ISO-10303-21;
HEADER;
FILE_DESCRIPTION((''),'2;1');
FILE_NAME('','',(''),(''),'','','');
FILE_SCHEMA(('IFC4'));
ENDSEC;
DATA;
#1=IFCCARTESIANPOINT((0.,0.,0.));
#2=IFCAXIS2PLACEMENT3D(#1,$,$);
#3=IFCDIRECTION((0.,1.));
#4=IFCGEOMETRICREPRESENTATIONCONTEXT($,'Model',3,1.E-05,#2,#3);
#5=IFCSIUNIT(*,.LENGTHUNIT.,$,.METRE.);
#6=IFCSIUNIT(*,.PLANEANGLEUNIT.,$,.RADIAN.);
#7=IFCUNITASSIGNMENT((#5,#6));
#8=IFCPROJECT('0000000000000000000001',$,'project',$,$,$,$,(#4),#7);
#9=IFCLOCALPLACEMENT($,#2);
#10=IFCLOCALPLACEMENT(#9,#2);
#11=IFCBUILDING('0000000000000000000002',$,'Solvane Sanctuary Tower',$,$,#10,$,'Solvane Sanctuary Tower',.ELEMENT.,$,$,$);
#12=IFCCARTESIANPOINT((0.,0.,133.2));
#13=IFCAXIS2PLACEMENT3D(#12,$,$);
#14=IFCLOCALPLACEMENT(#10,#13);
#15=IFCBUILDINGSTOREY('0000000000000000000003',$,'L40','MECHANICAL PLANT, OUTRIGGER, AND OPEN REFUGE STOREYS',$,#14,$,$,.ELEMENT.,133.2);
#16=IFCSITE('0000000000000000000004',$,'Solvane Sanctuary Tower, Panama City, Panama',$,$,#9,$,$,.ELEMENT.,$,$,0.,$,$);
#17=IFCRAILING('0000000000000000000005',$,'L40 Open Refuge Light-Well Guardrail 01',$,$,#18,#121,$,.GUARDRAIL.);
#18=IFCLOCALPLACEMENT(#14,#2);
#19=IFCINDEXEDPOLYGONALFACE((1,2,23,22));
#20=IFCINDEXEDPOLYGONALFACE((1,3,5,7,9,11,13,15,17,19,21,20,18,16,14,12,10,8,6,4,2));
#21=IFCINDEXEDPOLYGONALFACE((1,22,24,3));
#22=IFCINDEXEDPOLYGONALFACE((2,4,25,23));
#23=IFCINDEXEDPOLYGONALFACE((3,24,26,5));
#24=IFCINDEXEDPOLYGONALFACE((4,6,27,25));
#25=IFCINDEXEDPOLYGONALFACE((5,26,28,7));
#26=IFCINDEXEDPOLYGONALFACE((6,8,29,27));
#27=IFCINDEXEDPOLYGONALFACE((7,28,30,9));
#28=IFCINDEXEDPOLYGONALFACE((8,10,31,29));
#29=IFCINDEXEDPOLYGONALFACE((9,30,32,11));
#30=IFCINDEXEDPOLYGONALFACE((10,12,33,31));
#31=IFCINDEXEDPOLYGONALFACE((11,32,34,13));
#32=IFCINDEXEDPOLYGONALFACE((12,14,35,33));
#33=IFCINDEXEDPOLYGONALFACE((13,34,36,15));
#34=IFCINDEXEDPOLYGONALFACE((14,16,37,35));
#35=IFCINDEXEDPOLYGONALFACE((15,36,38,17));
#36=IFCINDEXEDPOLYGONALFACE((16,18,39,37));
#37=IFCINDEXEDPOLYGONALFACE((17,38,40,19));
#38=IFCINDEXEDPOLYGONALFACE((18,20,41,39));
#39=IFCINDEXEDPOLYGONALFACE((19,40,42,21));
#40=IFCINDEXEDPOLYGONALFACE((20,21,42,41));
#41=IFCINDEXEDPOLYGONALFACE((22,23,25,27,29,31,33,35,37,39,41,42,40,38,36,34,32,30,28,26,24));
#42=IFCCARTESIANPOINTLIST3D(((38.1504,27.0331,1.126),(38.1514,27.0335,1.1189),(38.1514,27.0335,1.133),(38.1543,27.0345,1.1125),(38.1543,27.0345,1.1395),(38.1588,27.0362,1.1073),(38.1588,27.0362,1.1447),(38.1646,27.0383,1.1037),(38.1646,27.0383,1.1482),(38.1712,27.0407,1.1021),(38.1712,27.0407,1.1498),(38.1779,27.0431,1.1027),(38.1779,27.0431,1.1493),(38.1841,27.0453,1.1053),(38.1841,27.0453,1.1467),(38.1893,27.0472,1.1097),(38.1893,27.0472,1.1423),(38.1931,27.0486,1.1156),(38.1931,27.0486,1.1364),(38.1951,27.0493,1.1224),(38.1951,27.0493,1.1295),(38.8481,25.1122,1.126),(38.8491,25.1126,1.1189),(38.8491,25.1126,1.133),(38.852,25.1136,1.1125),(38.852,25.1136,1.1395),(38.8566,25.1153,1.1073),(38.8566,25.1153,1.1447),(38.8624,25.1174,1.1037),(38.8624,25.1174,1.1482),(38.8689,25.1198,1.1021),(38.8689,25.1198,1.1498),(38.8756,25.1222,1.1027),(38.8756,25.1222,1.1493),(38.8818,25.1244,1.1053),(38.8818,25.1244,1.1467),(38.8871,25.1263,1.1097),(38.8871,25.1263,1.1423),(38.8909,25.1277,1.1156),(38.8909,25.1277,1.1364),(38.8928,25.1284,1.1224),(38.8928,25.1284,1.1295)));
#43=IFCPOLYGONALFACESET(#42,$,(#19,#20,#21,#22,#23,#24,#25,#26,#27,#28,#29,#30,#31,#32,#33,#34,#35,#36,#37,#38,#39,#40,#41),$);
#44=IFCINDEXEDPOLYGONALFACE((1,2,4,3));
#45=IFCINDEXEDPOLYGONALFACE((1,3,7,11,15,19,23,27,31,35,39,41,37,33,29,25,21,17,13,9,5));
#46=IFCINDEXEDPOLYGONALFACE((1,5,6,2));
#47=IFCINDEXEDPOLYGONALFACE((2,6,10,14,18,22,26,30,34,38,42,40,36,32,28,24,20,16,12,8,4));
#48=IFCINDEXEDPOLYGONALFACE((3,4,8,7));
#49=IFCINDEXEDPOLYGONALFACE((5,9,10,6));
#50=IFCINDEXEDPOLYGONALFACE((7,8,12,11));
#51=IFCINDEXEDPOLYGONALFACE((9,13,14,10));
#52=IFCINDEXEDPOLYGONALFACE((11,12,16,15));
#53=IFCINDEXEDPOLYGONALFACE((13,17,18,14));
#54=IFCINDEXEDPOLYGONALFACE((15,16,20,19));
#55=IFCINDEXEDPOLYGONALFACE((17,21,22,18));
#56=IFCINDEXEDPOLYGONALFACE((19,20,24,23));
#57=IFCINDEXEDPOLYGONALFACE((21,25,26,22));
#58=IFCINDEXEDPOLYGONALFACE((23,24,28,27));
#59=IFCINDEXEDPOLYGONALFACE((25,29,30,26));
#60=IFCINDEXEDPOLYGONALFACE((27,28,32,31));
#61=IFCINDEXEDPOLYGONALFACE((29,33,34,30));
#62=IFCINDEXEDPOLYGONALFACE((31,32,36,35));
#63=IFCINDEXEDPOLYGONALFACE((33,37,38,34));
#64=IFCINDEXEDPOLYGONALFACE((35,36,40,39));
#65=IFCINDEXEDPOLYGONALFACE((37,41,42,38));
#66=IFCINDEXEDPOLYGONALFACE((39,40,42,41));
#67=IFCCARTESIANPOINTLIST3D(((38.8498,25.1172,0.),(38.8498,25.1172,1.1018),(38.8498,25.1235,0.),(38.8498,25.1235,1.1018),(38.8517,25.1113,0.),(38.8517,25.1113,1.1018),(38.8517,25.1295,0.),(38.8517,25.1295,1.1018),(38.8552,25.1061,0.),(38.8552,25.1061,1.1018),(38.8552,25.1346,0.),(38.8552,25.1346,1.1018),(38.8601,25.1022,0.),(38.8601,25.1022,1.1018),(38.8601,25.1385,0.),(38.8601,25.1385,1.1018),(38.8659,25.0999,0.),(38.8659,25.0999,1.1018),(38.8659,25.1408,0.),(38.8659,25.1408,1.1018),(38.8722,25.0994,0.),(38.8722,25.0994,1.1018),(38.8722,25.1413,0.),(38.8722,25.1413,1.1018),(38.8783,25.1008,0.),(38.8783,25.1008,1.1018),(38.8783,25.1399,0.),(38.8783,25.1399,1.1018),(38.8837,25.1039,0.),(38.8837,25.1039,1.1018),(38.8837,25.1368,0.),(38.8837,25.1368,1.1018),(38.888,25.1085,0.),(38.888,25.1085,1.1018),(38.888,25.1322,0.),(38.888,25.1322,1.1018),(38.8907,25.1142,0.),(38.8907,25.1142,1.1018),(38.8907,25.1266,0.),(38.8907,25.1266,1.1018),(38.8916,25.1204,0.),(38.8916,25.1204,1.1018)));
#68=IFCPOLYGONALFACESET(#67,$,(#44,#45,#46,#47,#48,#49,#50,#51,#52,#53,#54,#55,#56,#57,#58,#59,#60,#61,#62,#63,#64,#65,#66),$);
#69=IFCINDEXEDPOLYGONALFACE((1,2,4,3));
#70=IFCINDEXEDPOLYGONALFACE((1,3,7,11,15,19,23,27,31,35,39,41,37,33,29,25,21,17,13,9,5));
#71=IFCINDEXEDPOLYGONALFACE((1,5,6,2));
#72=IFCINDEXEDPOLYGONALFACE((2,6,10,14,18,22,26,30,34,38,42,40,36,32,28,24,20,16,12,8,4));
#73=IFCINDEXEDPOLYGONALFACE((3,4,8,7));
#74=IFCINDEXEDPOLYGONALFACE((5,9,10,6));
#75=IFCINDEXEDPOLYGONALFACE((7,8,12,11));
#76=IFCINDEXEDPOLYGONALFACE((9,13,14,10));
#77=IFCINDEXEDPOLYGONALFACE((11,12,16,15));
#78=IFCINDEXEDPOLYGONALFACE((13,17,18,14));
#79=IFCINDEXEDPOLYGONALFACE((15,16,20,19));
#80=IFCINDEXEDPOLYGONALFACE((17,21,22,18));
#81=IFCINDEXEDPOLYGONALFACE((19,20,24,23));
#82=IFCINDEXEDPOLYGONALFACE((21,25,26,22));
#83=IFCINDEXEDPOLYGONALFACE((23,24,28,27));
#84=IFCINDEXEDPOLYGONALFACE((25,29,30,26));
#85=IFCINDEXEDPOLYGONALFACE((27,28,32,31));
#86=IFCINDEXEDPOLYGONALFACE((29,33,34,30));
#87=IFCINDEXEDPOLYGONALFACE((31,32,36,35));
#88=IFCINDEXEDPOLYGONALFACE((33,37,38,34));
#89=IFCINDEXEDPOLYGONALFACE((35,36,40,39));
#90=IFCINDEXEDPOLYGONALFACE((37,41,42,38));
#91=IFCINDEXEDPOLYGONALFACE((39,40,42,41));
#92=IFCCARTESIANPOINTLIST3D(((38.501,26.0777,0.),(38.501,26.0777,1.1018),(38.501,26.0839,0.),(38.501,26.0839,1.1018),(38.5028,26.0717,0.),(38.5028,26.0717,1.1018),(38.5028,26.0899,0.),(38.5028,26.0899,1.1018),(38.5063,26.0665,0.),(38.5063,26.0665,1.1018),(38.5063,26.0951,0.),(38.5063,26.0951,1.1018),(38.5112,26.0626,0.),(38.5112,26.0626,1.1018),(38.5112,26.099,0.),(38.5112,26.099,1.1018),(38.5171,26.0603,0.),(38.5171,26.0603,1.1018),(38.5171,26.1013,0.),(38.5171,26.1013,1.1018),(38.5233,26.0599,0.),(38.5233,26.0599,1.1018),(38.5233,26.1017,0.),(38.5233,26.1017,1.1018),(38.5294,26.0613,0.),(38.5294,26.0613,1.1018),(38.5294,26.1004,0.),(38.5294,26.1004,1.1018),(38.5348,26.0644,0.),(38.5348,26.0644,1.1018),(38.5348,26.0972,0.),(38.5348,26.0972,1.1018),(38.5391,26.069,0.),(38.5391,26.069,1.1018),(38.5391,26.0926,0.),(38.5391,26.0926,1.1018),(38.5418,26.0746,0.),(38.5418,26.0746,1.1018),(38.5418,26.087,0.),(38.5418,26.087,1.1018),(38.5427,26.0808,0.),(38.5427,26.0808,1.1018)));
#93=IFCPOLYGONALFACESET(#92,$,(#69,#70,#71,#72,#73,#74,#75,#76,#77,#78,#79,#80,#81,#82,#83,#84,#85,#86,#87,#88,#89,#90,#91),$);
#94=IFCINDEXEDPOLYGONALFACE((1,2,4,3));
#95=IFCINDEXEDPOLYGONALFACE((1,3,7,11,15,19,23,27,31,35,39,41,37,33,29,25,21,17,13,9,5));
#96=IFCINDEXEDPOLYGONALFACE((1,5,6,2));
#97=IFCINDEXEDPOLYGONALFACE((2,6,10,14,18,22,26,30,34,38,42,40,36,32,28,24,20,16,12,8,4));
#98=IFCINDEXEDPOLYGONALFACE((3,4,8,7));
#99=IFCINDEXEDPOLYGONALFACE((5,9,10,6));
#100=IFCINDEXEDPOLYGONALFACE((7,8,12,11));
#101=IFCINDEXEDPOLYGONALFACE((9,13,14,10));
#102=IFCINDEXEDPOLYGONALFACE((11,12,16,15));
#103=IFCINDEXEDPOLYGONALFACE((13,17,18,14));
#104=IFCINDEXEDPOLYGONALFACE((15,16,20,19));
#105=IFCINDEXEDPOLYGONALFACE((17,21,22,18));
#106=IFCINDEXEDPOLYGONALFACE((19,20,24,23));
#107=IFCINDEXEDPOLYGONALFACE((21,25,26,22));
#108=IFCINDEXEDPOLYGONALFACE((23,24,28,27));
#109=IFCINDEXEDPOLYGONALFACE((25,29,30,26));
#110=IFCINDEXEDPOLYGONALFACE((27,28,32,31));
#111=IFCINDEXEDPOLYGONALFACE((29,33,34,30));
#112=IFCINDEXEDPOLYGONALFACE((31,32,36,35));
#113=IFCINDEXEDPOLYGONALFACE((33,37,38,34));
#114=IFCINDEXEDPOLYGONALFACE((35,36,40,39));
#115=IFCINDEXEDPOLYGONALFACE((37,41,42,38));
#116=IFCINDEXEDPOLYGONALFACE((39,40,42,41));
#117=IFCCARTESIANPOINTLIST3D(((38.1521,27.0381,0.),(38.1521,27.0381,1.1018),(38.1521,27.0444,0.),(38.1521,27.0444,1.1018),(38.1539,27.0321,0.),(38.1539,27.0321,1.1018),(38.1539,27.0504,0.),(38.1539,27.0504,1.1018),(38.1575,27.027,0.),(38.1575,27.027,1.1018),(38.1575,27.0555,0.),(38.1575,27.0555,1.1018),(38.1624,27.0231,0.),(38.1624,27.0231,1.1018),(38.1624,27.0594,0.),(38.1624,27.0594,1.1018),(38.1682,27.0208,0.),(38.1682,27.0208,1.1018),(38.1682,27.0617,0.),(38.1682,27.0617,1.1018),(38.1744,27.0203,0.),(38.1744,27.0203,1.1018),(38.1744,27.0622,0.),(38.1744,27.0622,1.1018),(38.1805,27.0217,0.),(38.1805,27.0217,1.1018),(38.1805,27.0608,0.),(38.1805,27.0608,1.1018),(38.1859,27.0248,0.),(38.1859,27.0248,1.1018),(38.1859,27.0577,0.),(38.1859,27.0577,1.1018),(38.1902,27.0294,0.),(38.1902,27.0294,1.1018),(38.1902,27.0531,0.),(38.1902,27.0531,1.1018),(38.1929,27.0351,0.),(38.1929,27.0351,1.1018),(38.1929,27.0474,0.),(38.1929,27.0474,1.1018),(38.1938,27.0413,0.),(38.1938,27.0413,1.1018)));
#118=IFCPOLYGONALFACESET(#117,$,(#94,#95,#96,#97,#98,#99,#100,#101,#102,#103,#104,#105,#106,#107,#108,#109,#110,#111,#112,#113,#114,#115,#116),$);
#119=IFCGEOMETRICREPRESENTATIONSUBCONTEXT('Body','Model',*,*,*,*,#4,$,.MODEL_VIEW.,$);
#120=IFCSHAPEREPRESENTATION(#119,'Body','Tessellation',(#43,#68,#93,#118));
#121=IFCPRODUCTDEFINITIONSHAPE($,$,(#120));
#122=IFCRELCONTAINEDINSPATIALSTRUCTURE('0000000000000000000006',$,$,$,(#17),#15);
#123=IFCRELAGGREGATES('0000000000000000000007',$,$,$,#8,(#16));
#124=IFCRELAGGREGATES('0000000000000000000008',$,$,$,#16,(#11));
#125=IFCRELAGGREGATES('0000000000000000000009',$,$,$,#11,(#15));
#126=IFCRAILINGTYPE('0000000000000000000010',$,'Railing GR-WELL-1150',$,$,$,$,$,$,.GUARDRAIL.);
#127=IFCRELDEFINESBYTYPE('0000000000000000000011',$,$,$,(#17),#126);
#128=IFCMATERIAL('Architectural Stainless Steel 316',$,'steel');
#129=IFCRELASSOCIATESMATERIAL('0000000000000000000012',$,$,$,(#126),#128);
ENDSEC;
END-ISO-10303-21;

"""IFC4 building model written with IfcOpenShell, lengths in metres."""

from ifc_helpers import new_model, si_unit, direction, frame, origin, origin_2d, place, context, subcontext, project, spatial, circle, extrude, material, type_object, element, save


model = new_model("IFC4")

# Units and contexts
model_context = context("Model", 3, precision=1e-05, world=origin(), true_north=direction((0.0, 1.0)))
body_context = subcontext(model_context, "Body", "Model", "MODEL_VIEW")
ifc_project = project(units=[si_unit("LENGTHUNIT", "METRE"), si_unit("PLANEANGLEUNIT", "RADIAN")], contexts=[model_context])

# Site, building, storey
site_placement = place(None, origin())
site = spatial("IfcSite", under=ifc_project, at=site_placement, Name="Solvane Sanctuary Tower, Panama City, Panama", CompositionType="ELEMENT", RefElevation=0.0)
building_placement = place(site_placement, origin())
building = spatial("IfcBuilding", under=site, at=building_placement, Name="Solvane Sanctuary Tower", LongName="Solvane Sanctuary Tower", CompositionType="ELEMENT")
storey_placement = place(building_placement, frame((0.0, 0.0, 133.2)))
storey = spatial("IfcBuildingStorey", under=building, at=storey_placement, Name="L40", Description="MECHANICAL PLANT, OUTRIGGER, AND OPEN REFUGE STOREYS", CompositionType="ELEMENT", Elevation=133.2)

# Shared definitions
ifc_material_1 = material(Name="Architectural Stainless Steel 316", Category="steel")

# Railing
railing_type_1 = type_object("IfcRailingType", Name="Railing GR-WELL-1150", PredefinedType="GUARDRAIL", material=ifc_material_1)
railing_1_placement = place(storey_placement, frame((38.8706, 25.1204, 0.0)))
element("IfcRailing", 1, at=railing_1_placement, inside=storey, type_object=railing_type_1, Name="L40 Open Refuge Light-Well Guardrail 01", PredefinedType="GUARDRAIL", context=body_context, shape_type="SweptSolid", body=[
    extrude(circle(Radius=0.0239, at=origin_2d()), frame((0.0, 0.0, 1.126), z_axis=(-0.341417, 0.939912, 0.0), x_axis=(-0.939912, -0.341417, 0.0)), (0.0, 0.0, 1.0), 2.0437),
    extrude(circle(Radius=0.021, at=origin_2d()), origin(), (0.0, 0.0, 1.0), 1.1018),
    extrude(circle(Radius=0.021, at=origin_2d()), frame((-0.3489, 0.9604, 0.0)), (0.0, 0.0, 1.0), 1.1018),
    extrude(circle(Radius=0.021, at=origin_2d()), frame((-0.6978, 1.9209, 0.0)), (0.0, 0.0, 1.0), 1.1018),
])

save(model, "model.ifc")
